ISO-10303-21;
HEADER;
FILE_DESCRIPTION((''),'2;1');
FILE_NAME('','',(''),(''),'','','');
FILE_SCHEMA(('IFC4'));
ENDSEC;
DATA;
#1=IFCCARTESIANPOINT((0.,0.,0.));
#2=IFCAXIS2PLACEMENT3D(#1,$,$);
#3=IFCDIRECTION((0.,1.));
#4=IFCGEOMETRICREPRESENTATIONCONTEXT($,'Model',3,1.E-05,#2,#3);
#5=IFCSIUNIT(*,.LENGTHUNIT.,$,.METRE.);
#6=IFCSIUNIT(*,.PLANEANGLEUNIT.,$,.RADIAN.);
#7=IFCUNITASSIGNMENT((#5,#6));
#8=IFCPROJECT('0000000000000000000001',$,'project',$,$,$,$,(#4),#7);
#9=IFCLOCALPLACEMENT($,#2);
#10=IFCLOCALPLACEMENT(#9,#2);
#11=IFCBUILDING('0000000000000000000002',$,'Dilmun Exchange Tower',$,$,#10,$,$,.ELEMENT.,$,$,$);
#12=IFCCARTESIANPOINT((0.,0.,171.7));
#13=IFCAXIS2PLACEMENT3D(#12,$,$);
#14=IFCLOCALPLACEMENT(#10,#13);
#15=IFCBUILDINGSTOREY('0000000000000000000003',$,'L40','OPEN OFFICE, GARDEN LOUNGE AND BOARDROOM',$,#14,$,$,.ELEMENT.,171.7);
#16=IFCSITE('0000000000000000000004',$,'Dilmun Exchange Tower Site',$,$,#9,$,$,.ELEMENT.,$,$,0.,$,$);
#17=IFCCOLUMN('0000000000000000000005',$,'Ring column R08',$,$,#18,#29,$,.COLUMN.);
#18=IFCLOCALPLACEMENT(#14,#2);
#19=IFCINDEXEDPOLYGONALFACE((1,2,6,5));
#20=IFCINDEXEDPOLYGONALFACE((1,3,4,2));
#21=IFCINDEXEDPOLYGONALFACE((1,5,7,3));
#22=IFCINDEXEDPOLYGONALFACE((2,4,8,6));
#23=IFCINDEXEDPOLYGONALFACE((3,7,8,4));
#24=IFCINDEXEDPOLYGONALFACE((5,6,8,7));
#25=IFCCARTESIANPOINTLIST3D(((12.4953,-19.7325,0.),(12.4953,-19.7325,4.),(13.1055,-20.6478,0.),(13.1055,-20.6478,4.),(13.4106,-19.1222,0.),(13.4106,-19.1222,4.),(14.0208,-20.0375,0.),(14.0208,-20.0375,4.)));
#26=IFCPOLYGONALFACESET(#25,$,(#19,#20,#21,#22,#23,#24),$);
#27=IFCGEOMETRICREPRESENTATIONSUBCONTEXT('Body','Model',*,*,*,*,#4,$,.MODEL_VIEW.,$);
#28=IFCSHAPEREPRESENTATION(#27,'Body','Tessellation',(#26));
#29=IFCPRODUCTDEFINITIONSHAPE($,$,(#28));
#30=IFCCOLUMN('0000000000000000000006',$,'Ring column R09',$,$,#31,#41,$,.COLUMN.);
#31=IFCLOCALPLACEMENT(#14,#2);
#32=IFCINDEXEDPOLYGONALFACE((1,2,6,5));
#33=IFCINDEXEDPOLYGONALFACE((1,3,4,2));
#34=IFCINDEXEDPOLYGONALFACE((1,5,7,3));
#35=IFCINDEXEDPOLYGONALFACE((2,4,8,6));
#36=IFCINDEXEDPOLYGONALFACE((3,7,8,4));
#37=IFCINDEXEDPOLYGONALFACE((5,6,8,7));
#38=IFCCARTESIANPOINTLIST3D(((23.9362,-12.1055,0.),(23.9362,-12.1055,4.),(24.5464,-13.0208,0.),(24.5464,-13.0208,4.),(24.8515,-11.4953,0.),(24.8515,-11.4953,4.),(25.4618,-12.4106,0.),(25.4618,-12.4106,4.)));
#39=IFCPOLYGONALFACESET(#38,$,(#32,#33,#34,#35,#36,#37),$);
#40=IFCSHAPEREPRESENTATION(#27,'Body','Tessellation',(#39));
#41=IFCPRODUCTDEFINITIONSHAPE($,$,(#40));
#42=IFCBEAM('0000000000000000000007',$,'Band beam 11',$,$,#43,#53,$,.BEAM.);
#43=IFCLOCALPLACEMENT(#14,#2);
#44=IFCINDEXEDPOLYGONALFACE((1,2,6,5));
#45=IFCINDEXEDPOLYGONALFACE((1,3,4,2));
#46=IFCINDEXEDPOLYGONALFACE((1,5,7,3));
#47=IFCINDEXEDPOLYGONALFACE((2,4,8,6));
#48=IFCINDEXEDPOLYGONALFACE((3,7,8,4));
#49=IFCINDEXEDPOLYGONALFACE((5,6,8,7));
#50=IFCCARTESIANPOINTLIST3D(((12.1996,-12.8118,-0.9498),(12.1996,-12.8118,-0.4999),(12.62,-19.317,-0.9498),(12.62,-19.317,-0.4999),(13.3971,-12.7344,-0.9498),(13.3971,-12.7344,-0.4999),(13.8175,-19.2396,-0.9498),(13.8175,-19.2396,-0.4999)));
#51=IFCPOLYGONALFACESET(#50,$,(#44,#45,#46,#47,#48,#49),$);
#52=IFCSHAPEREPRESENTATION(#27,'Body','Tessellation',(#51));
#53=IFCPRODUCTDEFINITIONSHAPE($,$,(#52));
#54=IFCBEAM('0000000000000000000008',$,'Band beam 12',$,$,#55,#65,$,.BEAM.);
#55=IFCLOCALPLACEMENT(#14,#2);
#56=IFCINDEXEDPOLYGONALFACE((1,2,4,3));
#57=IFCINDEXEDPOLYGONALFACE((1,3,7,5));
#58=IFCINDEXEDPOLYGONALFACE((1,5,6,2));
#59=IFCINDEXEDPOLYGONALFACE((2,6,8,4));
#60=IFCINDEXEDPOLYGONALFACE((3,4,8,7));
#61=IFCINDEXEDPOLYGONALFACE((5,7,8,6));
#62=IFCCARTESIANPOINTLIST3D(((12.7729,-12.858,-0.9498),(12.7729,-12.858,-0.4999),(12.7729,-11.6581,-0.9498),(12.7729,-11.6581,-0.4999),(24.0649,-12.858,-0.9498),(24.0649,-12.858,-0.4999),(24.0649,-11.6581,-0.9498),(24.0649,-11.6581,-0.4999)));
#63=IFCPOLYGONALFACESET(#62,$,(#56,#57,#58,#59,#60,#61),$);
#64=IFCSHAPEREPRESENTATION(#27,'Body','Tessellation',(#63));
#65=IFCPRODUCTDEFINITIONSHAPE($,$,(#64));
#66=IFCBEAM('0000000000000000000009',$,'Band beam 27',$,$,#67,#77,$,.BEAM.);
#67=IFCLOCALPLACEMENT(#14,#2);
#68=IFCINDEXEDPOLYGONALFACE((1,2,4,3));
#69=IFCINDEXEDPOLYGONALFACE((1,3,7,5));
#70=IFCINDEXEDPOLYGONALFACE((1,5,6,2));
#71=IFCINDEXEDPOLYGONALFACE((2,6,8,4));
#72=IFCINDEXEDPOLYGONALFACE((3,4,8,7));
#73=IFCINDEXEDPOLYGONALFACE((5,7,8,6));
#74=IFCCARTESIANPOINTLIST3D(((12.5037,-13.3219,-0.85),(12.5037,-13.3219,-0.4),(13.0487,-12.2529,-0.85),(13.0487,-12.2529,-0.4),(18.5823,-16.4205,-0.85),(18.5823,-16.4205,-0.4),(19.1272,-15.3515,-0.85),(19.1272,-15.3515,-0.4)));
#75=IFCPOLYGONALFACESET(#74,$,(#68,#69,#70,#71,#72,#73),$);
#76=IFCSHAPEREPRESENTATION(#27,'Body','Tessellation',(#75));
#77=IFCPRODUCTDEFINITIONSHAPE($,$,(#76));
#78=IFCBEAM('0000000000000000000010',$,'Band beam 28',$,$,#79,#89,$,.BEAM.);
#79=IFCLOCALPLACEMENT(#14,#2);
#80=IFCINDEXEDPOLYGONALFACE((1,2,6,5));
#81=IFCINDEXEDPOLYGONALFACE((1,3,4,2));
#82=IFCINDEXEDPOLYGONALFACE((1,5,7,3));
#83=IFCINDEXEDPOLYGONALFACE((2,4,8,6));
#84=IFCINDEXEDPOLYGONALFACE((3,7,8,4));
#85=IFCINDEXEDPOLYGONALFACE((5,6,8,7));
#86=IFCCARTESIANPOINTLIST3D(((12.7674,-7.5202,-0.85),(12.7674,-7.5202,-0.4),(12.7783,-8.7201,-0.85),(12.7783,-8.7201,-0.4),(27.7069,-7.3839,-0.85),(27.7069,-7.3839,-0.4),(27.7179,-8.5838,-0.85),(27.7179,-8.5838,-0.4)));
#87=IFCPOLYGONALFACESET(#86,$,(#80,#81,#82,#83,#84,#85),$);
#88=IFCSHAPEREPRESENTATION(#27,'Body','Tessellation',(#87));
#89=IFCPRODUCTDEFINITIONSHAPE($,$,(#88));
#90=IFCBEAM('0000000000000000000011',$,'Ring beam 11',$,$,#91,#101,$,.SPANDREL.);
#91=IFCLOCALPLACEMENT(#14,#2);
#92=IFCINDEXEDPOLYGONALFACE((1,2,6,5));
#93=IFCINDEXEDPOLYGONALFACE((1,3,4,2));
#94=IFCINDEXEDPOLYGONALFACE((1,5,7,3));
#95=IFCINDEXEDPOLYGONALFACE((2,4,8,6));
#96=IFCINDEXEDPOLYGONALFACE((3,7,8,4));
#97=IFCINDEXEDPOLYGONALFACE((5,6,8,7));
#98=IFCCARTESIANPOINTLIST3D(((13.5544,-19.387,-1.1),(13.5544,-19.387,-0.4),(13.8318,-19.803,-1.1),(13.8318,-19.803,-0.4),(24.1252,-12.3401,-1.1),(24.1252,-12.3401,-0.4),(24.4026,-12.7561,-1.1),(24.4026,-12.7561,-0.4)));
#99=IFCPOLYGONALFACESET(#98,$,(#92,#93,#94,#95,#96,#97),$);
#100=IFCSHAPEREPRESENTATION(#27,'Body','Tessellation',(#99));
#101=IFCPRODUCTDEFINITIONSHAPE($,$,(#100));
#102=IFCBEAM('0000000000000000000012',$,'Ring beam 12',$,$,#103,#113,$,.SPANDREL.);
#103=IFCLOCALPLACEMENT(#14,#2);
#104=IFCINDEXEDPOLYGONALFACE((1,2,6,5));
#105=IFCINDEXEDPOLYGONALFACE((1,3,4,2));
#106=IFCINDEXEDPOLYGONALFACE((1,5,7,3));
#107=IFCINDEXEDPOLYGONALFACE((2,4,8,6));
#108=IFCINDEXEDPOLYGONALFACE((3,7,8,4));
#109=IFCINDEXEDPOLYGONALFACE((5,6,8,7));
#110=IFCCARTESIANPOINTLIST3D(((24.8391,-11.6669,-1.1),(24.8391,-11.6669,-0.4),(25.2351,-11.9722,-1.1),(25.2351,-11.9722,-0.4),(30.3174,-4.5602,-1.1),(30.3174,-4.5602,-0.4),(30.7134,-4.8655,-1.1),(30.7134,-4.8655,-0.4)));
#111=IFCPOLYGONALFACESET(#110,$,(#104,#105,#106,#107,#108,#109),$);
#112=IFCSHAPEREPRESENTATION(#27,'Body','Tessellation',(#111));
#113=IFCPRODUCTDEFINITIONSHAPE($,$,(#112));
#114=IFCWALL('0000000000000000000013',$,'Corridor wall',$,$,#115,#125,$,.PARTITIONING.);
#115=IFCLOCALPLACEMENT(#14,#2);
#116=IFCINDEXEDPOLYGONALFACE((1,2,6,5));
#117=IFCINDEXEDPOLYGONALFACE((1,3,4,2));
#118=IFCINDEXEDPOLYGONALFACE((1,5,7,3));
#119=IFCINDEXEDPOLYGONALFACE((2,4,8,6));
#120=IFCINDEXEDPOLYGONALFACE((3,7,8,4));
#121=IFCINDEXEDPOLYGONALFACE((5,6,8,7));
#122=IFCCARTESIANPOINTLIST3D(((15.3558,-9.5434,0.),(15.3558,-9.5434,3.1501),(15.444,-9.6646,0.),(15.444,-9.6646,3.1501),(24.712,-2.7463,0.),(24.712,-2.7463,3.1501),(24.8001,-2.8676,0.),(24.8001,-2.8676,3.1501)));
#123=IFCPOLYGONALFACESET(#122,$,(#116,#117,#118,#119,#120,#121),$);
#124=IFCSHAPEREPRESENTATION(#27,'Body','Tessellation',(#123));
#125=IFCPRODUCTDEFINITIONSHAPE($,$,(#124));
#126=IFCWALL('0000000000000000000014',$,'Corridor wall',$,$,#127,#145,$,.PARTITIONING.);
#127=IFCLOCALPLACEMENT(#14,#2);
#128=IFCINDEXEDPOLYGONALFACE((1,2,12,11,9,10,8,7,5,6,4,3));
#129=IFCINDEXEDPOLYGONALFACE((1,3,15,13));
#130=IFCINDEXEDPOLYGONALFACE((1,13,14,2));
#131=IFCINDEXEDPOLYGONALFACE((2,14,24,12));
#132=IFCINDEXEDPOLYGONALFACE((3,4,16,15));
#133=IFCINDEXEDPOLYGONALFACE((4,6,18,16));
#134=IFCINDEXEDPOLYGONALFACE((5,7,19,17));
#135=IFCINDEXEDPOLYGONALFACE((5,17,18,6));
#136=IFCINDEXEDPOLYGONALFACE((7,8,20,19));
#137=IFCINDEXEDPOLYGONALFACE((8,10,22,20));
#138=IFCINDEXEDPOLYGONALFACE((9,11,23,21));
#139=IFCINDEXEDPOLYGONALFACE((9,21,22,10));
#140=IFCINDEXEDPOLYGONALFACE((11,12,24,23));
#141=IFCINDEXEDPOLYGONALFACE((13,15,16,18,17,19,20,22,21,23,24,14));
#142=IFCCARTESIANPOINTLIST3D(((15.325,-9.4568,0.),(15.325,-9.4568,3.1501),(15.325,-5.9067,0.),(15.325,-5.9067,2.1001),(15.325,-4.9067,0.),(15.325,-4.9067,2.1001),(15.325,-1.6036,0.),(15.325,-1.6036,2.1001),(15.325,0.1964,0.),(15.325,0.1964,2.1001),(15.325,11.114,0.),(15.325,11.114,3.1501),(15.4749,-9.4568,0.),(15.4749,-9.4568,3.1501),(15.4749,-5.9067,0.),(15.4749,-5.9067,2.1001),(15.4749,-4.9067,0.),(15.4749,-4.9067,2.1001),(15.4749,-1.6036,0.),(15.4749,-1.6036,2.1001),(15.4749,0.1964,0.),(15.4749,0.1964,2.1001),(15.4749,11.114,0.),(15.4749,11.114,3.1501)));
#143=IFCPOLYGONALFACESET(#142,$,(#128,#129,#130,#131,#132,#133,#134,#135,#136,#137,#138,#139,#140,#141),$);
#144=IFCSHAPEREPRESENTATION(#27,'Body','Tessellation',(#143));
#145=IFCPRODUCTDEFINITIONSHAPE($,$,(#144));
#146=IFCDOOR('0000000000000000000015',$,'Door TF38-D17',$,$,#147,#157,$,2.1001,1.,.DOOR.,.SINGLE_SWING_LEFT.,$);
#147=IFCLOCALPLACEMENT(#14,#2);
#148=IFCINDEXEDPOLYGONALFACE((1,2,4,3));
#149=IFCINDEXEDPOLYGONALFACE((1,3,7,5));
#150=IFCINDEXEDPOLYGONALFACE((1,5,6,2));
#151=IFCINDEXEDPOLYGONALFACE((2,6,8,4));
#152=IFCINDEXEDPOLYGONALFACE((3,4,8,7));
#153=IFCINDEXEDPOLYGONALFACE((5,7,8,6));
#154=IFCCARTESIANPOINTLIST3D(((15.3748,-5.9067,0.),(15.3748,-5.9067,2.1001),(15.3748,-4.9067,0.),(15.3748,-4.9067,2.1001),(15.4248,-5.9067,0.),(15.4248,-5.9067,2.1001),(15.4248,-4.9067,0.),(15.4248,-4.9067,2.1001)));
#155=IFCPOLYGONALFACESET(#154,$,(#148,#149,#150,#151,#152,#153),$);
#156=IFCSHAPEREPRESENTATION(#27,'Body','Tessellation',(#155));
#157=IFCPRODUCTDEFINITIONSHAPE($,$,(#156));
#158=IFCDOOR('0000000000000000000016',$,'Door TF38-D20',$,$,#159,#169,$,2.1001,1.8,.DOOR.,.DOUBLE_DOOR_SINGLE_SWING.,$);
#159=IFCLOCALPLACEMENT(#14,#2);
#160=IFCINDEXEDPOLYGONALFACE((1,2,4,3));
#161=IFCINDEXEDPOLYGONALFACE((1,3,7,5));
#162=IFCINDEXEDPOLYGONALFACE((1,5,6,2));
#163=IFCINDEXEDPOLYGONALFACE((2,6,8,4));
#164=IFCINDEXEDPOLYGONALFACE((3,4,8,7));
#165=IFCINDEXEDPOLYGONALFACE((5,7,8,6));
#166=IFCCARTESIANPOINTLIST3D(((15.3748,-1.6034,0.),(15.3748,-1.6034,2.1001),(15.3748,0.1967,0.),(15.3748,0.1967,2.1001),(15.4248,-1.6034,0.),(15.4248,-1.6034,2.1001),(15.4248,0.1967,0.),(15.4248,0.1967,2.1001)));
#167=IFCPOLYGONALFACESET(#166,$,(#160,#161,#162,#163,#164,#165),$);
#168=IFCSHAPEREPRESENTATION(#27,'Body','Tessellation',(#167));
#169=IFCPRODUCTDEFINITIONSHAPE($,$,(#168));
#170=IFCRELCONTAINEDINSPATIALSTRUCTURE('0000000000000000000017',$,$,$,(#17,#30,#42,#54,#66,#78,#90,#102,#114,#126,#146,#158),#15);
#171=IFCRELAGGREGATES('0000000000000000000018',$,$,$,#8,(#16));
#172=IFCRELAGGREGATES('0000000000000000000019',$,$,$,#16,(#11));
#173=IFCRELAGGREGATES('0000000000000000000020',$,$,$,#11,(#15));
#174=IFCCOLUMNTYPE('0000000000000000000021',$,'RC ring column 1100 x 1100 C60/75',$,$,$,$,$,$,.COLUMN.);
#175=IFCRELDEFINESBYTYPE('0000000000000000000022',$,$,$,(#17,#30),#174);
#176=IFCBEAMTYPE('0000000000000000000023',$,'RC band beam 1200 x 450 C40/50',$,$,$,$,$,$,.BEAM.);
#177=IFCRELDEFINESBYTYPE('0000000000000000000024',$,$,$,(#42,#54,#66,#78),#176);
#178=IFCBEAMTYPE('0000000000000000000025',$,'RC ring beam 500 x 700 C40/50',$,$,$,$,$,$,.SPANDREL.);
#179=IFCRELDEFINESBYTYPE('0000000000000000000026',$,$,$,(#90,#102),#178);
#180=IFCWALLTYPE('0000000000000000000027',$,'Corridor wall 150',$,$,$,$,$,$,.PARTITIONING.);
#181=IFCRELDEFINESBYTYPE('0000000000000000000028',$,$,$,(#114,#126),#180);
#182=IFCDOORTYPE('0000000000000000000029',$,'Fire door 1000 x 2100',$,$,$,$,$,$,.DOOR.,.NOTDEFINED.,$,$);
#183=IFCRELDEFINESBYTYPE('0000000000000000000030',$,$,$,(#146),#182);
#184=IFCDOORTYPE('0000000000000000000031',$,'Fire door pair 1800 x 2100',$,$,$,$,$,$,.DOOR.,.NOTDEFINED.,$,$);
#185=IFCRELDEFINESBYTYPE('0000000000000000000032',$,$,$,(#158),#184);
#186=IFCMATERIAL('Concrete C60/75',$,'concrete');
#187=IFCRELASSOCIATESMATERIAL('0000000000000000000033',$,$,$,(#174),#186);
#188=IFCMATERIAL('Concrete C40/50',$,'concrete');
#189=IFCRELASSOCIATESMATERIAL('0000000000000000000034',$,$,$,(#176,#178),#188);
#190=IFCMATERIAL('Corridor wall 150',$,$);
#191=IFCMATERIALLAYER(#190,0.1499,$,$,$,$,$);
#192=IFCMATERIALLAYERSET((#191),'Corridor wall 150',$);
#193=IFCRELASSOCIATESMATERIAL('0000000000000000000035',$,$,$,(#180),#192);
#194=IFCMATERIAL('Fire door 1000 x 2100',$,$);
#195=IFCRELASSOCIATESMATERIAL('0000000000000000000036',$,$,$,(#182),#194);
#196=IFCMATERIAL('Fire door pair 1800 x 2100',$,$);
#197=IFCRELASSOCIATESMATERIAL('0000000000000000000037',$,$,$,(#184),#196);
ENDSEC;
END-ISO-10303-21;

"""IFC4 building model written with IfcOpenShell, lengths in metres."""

from ifc_helpers import new_model, si_unit, direction, frame, frame_2d, origin, origin_2d, place, context, subcontext, project, spatial, rectangle, extrude, material, layer, layer_set, material_profile, profile_set, type_object, element, fill, save


model = new_model("IFC4")

# Units and contexts
model_context = context("Model", 3, precision=1e-05, world=origin(), true_north=direction((0.0, 1.0)))
body_context = subcontext(model_context, "Body", "Model", "MODEL_VIEW")
ifc_project = project(units=[si_unit("LENGTHUNIT", "METRE"), si_unit("PLANEANGLEUNIT", "RADIAN")], contexts=[model_context])

# Site, building, storey
site_placement = place(None, origin())
site = spatial("IfcSite", under=ifc_project, at=site_placement, Name="Dilmun Exchange Tower Site", CompositionType="ELEMENT", RefElevation=0.0)
building_placement = place(site_placement, origin())
building = spatial("IfcBuilding", under=site, at=building_placement, Name="Dilmun Exchange Tower", CompositionType="ELEMENT")
storey_placement = place(building_placement, frame((0.0, 0.0, 171.7)))
storey = spatial("IfcBuildingStorey", under=building, at=storey_placement, Name="L40", Description="OPEN OFFICE, GARDEN LOUNGE AND BOARDROOM", CompositionType="ELEMENT", Elevation=171.7)

# Columns
ifc_material_1 = material(Name="Concrete C60/75", Category="concrete")
ifc_material_profile_1 = material_profile(ifc_material_1, rectangle(XDim=1.1001, YDim=1.1001, at=origin_2d()), Name="1100 x 1100")
ifc_profile_set_1 = profile_set([ifc_material_profile_1], Name="Concrete C60/75")
column_type = type_object("IfcColumnType", Name="RC ring column 1100 x 1100 C60/75", PredefinedType="COLUMN", material=ifc_profile_set_1)
for number, where, z_axis, x_axis, name in (
    (1, (13.2581, -19.885, 0.0), (0.0, 0.0, 1.0), (0.832029, 0.554733, 0.0), "Ring column R08"),
    (2, (24.699, -12.2581, 0.0), (0.0, 0.0, 1.0), (0.832029, 0.554733, 0.0), "Ring column R09"),
):
    element("IfcColumn", number, at=place(storey_placement, frame(where, z_axis=z_axis, x_axis=x_axis)), inside=storey, type_object=column_type, Name=name, PredefinedType="COLUMN", context=body_context, shape_type="SweptSolid", body=[
        extrude(rectangle(XDim=1.1001, YDim=1.1001, at=origin_2d()), origin(), (0.0, 0.0, 1.0), 4.0),
    ])

# Beams
ifc_material_2 = material(Name="Concrete C40/50", Category="concrete")
ifc_material_profile_2 = material_profile(ifc_material_2, rectangle(XDim=1.2, YDim=0.45, at=origin_2d()), Name="1200 x 450")
ifc_profile_set_2 = profile_set([ifc_material_profile_2], Name="Concrete C40/50")
beam_type_1 = type_object("IfcBeamType", Name="RC band beam 1200 x 450 C40/50", PredefinedType="BEAM", material=ifc_profile_set_2)
beam_1_placement = place(storey_placement, frame((13.2188, -19.2783, -0.7249), z_axis=(-0.064493, 0.997918, 0.0), x_axis=(-0.997918, -0.064493, 0.0)))
element("IfcBeam", 3, at=beam_1_placement, inside=storey, type_object=beam_type_1, Name="Band beam 11", PredefinedType="BEAM", context=body_context, shape_type="SweptSolid", body=[
    extrude(rectangle(XDim=1.2, YDim=0.45, at=origin_2d()), origin(), (0.0, 0.0, 1.0), 6.5188),
])
beam_2_placement = place(storey_placement, frame((24.0649, -12.2581, -0.7249), z_axis=(-1.0, 0.0, 0.0), x_axis=(0.0, -1.0, 0.0)))
element("IfcBeam", 4, at=beam_2_placement, inside=storey, type_object=beam_type_1, Name="Band beam 12", PredefinedType="BEAM", context=body_context, shape_type="SweptSolid", body=[
    extrude(rectangle(XDim=1.2, YDim=0.45, at=origin_2d()), origin(), (0.0, 0.0, 1.0), 11.292),
])
beam_3_placement = place(storey_placement, frame((18.8547, -15.886, -0.625), z_axis=(-0.890922, 0.454156, 0.0), x_axis=(-0.454156, -0.890922, 0.0)))
element("IfcBeam", 5, at=beam_3_placement, inside=storey, type_object=beam_type_1, Name="Band beam 27", PredefinedType="BEAM", context=body_context, shape_type="SweptSolid", body=[
    extrude(rectangle(XDim=1.2, YDim=0.45, at=origin_2d()), origin(), (0.0, 0.0, 1.0), 6.8228),
])
beam_4_placement = place(storey_placement, frame((27.7124, -7.9839, -0.625), z_axis=(-0.999958, -0.009118, 0.0), x_axis=(0.009118, -0.999958, 0.0)))
element("IfcBeam", 6, at=beam_4_placement, inside=storey, type_object=beam_type_1, Name="Band beam 28", PredefinedType="BEAM", context=body_context, shape_type="SweptSolid", body=[
    extrude(rectangle(XDim=1.2, YDim=0.45, at=origin_2d()), origin(), (0.0, 0.0, 1.0), 14.9402),
])
ifc_material_profile_3 = material_profile(ifc_material_2, rectangle(XDim=0.5, YDim=0.7, at=origin_2d()), Name="500 x 700")
ifc_profile_set_3 = profile_set([ifc_material_profile_3], Name="Concrete C40/50")
beam_type_2 = type_object("IfcBeamType", Name="RC ring beam 500 x 700 C40/50", PredefinedType="SPANDREL", material=ifc_profile_set_3)
beam_5_placement = place(storey_placement, frame((13.6931, -19.595, -0.75), z_axis=(0.832062, 0.554682, 0.0), x_axis=(-0.554682, 0.832062, 0.0)))
element("IfcBeam", 7, at=beam_5_placement, inside=storey, type_object=beam_type_2, Name="Ring beam 11", PredefinedType="SPANDREL", context=body_context, shape_type="SweptSolid", body=[
    extrude(rectangle(XDim=0.5, YDim=0.7, at=origin_2d()), origin(), (0.0, 0.0, 1.0), 12.7043),
])
beam_6_placement = place(storey_placement, frame((25.0371, -11.8196, -0.75), z_axis=(0.610522, 0.792, 0.0), x_axis=(-0.792, 0.610522, 0.0)))
element("IfcBeam", 8, at=beam_6_placement, inside=storey, type_object=beam_type_2, Name="Ring beam 12", PredefinedType="SPANDREL", context=body_context, shape_type="SweptSolid", body=[
    extrude(rectangle(XDim=0.5, YDim=0.7, at=origin_2d()), origin(), (0.0, 0.0, 1.0), 8.9731),
])

# Wall
ifc_material_3 = material(Name="Corridor wall 150")
ifc_layer_1 = layer(ifc_material_3, 0.1499)
ifc_layer_set_1 = layer_set([ifc_layer_1], Name="Corridor wall 150")
wall_type_1 = type_object("IfcWallType", Name="Corridor wall 150", PredefinedType="PARTITIONING", material=ifc_layer_set_1)
wall_1_placement = place(storey_placement, frame((15.3999, -9.604, 0.0), z_axis=(0.0, 0.0, 1.0), x_axis=(0.80904, 0.587754, 0.0)))
element("IfcWall", 9, at=wall_1_placement, inside=storey, type_object=wall_type_1, Name="Corridor wall", PredefinedType="PARTITIONING", context=body_context, shape_type="SweptSolid", body=[
    extrude(rectangle(XDim=11.5645, YDim=0.1499, at=frame_2d((5.7822, 0.0))), origin(), (0.0, 0.0, 1.0), 3.1501),
])

# Wall, openings, doors
wall_2_placement = place(storey_placement, frame((15.3999, -9.4568, 0.0), z_axis=(0.0, 0.0, 1.0), x_axis=(0.0, 1.0, 0.0)))
wall_2 = element("IfcWall", 10, at=wall_2_placement, inside=storey, type_object=wall_type_1, Name="Corridor wall", PredefinedType="PARTITIONING", context=body_context, shape_type="SweptSolid", body=[
    extrude(rectangle(XDim=20.5708, YDim=0.1499, at=frame_2d((10.2854, 0.0))), origin(), (0.0, 0.0, 1.0), 3.1501),
])
opening_1_placement = place(wall_2_placement, frame((3.55, 0.0, 0.0)))
opening_1 = element("IfcOpeningElement", 11, at=opening_1_placement, cuts=wall_2, PredefinedType="OPENING", context=body_context, shape_type="SweptSolid", body=[
    extrude(rectangle(XDim=1.0, YDim=2.1001, at=frame_2d((0.5, 1.05))), frame((0.0, 0.085, 0.0), z_axis=(0.0, -1.0, 0.0), x_axis=(1.0, 0.0, 0.0)), (0.0, 0.0, 1.0), 0.1699),
])
opening_2_placement = place(wall_2_placement, frame((7.8533, 0.0, 0.0)))
opening_2 = element("IfcOpeningElement", 12, at=opening_2_placement, cuts=wall_2, PredefinedType="OPENING", context=body_context, shape_type="SweptSolid", body=[
    extrude(rectangle(XDim=1.8, YDim=2.1001, at=frame_2d((0.8999, 1.05))), frame((0.0, 0.085, 0.0), z_axis=(0.0, -1.0, 0.0), x_axis=(1.0, 0.0, 0.0)), (0.0, 0.0, 1.0), 0.1699),
])
ifc_material_4 = material(Name="Fire door 1000 x 2100")
door_type_1 = type_object("IfcDoorType", Name="Fire door 1000 x 2100", OperationType="NOTDEFINED", PredefinedType="DOOR", material=ifc_material_4)
door_1_placement = place(opening_1_placement, frame((1.0, 0.0, 0.0), z_axis=(0.0, 0.0, 1.0), x_axis=(-1.0, 0.0, 0.0)))
door_1 = element("IfcDoor", 13, at=door_1_placement, inside=storey, type_object=door_type_1, Name="Door TF38-D17", OperationType="SINGLE_SWING_LEFT", OverallHeight=2.1001, OverallWidth=1.0, PredefinedType="DOOR", context=body_context, shape_type="SweptSolid", body=[
    extrude(rectangle(XDim=1.0, YDim=2.1001, at=frame_2d((0.5, 1.05))), frame((0.0, 0.0249, 0.0), z_axis=(0.0, -1.0, 0.0), x_axis=(1.0, 0.0, 0.0)), (0.0, 0.0, 1.0), 0.05),
])
fill(opening_1, door_1)
ifc_material_5 = material(Name="Fire door pair 1800 x 2100")
door_type_2 = type_object("IfcDoorType", Name="Fire door pair 1800 x 2100", OperationType="NOTDEFINED", PredefinedType="DOOR", material=ifc_material_5)
door_2_placement = place(opening_2_placement, frame((1.8, 0.0, 0.0), z_axis=(0.0, 0.0, 1.0), x_axis=(-1.0, 0.0, 0.0)))
door_2 = element("IfcDoor", 14, at=door_2_placement, inside=storey, type_object=door_type_2, Name="Door TF38-D20", OperationType="DOUBLE_DOOR_SINGLE_SWING", OverallHeight=2.1001, OverallWidth=1.8, PredefinedType="DOOR", context=body_context, shape_type="SweptSolid", body=[
    extrude(rectangle(XDim=1.8, YDim=2.1001, at=frame_2d((0.8999, 1.05))), frame((0.0, 0.0249, 0.0), z_axis=(0.0, -1.0, 0.0), x_axis=(1.0, 0.0, 0.0)), (0.0, 0.0, 1.0), 0.05),
])
fill(opening_2, door_2)

save(model, "model.ifc")
